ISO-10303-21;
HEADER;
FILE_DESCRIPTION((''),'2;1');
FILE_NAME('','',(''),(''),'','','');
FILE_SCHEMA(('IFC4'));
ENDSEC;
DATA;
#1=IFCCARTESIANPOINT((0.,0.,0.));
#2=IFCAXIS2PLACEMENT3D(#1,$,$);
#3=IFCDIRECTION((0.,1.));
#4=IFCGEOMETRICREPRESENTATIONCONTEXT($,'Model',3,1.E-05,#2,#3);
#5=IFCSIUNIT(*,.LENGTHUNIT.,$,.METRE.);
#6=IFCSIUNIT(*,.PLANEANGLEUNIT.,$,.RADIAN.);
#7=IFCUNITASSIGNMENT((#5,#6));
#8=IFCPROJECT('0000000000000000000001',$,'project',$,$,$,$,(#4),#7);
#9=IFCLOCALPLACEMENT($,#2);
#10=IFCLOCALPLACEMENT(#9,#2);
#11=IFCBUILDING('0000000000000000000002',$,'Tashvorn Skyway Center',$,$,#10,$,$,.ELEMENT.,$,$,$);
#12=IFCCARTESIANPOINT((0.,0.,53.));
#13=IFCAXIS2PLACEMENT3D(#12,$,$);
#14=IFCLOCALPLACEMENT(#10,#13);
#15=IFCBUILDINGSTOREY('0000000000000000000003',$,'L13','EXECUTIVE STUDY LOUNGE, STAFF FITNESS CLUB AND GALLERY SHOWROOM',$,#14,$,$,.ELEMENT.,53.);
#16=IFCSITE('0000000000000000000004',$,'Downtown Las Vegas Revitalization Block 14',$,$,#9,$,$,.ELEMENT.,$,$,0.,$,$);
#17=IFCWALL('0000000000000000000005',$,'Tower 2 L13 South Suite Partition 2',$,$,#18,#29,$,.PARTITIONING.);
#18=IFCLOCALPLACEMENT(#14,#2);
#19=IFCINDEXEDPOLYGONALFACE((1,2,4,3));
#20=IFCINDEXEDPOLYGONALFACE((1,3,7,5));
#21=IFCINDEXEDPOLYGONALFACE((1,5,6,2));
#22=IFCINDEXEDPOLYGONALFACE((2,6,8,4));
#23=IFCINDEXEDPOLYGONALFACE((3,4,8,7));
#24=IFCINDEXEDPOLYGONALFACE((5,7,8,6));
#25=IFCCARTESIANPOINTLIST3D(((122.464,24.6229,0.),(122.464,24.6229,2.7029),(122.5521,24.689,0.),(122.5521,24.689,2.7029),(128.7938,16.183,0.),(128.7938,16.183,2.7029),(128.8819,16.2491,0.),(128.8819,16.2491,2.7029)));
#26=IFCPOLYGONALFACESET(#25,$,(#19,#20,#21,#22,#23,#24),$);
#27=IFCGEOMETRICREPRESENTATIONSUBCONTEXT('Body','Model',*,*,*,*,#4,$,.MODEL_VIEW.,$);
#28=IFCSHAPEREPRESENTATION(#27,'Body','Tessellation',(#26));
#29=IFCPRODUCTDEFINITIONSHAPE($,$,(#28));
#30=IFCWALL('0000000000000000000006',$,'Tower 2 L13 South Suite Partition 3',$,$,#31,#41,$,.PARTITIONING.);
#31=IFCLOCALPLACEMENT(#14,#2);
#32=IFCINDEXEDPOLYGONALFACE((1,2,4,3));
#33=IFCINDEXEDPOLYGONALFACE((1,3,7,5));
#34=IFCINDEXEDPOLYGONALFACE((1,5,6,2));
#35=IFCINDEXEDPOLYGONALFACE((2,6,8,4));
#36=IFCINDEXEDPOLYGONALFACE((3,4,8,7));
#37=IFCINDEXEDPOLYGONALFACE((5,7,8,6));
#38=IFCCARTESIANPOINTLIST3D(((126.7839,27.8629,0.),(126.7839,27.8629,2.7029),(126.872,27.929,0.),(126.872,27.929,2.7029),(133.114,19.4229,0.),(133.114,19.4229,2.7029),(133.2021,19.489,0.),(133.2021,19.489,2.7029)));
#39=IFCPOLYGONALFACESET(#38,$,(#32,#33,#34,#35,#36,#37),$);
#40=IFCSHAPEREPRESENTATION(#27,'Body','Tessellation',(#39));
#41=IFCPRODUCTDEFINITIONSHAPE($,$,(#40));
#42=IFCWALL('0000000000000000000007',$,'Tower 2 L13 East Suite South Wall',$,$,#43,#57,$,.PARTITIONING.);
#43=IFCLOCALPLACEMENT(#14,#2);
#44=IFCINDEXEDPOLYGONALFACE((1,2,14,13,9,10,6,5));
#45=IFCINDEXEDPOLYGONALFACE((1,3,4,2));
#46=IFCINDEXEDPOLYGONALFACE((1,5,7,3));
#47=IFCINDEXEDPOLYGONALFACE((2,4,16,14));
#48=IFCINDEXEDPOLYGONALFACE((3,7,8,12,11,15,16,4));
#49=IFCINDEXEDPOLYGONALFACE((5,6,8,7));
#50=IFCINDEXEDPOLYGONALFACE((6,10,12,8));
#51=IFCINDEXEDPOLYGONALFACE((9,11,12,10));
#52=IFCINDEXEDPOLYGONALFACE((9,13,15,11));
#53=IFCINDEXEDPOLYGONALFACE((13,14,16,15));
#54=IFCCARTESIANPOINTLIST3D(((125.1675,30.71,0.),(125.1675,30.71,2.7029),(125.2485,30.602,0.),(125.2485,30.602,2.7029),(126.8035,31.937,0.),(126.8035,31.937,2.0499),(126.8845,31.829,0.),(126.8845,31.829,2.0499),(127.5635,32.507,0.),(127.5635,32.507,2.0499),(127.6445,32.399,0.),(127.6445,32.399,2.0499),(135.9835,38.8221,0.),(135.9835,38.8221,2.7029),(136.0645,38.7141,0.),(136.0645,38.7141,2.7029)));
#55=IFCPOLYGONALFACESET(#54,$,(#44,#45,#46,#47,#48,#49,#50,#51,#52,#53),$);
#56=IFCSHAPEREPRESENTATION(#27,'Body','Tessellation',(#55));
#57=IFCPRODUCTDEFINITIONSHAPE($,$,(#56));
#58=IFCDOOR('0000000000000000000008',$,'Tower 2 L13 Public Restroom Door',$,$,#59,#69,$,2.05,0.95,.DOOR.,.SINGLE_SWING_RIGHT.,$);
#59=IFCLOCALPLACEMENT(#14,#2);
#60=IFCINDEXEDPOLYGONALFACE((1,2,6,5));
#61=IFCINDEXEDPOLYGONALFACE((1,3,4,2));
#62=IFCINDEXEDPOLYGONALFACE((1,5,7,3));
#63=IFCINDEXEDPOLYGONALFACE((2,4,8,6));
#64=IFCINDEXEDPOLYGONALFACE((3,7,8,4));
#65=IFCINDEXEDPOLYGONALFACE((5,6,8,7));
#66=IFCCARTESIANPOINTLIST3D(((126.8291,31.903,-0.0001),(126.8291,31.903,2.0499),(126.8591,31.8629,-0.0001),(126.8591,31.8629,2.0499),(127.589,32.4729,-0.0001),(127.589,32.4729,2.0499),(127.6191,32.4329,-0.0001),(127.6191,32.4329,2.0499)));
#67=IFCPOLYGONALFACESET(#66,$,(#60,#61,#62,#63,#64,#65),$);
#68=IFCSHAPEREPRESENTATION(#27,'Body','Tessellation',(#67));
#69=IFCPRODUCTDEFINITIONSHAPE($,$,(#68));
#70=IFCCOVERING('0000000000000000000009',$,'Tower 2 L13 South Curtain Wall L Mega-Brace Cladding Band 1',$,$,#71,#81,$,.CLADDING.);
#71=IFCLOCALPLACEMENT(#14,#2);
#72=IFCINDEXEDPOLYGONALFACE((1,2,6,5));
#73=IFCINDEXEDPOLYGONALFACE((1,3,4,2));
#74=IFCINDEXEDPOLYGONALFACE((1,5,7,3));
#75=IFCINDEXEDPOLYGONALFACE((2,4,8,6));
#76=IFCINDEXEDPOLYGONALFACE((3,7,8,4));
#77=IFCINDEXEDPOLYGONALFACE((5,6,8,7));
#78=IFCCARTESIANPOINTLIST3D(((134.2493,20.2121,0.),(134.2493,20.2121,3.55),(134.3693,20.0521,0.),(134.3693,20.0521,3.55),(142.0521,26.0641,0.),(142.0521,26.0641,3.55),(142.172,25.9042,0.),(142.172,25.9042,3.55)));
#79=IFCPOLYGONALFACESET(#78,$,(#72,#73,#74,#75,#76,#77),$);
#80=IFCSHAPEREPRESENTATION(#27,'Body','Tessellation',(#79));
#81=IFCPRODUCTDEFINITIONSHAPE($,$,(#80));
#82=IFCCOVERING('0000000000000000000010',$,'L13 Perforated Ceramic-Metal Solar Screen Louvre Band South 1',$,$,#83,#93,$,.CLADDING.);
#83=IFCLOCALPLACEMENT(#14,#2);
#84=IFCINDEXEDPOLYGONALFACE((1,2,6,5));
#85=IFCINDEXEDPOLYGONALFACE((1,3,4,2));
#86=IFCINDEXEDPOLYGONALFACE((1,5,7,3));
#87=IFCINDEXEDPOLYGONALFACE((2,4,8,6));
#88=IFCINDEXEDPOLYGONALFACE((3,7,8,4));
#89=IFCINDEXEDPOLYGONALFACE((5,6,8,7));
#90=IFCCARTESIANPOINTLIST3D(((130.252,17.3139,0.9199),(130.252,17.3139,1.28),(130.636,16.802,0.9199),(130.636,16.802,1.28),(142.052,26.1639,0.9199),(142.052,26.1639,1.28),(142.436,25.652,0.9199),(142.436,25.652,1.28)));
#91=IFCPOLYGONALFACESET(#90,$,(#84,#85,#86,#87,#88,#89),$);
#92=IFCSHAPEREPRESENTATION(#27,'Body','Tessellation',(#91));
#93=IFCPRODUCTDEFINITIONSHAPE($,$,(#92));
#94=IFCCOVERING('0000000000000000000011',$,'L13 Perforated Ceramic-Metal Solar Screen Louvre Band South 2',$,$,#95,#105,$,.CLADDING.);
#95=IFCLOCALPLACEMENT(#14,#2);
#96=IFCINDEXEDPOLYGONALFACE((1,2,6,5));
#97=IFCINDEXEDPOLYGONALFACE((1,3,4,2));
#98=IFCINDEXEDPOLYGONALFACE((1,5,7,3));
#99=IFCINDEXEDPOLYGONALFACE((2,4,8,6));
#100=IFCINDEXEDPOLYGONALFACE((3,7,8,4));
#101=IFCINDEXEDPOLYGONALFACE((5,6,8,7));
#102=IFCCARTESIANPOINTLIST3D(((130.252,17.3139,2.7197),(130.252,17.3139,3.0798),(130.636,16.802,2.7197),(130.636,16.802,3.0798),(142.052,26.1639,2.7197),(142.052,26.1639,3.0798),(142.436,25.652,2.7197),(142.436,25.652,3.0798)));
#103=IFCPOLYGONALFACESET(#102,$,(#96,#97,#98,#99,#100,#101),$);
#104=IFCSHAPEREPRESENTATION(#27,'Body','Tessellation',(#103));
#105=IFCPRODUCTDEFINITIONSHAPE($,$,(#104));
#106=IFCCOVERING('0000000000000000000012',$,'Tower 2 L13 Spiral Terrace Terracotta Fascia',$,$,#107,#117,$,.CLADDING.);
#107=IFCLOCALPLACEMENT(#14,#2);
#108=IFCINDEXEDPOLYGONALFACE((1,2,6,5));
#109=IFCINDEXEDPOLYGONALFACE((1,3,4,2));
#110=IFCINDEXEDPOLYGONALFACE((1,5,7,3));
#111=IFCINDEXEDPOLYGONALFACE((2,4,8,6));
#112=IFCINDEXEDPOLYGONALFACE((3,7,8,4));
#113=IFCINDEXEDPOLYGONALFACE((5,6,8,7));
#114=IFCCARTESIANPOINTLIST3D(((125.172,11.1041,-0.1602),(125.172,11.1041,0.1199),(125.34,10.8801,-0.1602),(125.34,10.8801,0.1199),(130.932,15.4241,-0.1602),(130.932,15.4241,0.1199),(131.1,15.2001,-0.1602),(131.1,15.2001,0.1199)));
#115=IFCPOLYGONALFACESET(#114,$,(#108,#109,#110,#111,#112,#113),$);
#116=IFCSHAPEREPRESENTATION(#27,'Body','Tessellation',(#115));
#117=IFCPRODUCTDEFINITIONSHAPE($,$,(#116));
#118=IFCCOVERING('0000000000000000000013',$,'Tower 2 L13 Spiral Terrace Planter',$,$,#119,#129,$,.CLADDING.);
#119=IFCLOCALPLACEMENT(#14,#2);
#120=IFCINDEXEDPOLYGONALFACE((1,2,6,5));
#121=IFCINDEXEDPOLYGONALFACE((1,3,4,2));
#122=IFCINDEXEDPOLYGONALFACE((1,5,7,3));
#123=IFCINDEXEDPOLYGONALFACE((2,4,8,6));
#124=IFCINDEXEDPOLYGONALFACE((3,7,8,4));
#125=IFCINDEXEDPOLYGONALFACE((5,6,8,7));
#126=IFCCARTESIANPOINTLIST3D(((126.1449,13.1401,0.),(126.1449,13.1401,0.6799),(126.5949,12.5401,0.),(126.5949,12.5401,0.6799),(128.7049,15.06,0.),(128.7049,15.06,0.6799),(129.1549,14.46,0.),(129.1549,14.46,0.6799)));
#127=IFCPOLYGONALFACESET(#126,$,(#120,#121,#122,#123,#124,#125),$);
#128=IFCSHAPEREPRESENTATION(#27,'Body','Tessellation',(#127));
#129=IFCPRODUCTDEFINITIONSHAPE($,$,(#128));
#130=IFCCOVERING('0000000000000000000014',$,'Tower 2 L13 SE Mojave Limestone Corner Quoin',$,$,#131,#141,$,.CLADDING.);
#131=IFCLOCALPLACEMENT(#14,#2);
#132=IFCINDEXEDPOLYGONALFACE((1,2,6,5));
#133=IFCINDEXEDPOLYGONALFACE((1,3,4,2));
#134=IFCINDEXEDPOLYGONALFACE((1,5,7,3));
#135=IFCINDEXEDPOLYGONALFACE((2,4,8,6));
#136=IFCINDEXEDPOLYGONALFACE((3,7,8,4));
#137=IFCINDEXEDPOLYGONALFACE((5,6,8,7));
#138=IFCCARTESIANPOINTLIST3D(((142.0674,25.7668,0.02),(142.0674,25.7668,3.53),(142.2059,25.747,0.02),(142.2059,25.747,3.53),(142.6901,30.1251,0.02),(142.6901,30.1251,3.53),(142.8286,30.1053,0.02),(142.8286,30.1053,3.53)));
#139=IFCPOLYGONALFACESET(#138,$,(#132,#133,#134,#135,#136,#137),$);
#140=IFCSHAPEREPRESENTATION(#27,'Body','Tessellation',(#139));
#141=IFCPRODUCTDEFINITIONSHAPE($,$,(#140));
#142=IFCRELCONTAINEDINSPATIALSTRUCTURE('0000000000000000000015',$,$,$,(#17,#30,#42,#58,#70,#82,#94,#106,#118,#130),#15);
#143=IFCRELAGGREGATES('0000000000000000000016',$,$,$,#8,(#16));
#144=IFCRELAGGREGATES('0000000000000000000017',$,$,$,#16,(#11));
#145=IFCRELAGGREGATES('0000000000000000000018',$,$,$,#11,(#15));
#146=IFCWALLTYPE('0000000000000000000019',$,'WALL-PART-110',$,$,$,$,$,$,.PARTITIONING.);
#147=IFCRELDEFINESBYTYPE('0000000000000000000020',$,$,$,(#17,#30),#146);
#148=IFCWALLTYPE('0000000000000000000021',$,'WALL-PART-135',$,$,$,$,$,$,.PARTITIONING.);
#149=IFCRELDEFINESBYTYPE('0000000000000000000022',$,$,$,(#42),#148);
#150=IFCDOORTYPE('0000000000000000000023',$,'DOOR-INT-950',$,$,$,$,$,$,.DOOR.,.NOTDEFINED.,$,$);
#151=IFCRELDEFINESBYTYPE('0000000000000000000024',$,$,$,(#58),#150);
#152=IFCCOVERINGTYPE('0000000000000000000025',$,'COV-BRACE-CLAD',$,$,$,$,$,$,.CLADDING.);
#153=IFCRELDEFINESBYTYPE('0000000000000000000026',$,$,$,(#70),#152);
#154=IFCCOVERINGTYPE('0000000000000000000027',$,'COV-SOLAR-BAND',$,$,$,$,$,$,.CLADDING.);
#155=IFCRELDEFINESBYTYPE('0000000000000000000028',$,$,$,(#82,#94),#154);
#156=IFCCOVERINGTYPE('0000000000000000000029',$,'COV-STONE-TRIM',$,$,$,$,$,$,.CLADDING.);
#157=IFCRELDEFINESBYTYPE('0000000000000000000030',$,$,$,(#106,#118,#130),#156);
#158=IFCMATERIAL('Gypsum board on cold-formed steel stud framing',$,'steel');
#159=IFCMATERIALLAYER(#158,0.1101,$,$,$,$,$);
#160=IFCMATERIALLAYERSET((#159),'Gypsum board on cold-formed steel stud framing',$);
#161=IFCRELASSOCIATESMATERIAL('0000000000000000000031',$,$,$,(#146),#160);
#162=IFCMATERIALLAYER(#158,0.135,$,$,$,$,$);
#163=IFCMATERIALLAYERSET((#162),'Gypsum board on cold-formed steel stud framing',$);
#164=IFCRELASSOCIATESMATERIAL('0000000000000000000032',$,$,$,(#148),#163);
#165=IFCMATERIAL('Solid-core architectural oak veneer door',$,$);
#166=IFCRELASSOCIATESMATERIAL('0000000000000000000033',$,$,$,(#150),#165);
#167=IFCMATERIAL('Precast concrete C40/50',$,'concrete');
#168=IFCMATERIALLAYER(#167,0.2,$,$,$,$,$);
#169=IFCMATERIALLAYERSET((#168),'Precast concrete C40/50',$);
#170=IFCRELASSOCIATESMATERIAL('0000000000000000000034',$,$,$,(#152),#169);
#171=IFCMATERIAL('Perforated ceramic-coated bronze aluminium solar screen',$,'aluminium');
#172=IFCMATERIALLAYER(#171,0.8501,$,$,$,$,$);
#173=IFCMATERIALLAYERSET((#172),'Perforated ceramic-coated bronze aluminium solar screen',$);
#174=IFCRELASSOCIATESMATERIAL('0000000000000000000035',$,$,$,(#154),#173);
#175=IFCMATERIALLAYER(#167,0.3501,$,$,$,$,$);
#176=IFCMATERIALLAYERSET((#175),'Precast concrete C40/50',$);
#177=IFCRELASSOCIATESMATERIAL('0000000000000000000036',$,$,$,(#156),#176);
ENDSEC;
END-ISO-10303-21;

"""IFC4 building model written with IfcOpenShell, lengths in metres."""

from ifc_helpers import new_model, si_unit, direction, frame, frame_2d, origin, origin_2d, place, context, subcontext, project, spatial, rectangle, extrude, material, layer, layer_set, type_object, element, fill, save


model = new_model("IFC4")

# Units and contexts
model_context = context("Model", 3, precision=1e-05, world=origin(), true_north=direction((0.0, 1.0)))
body_context = subcontext(model_context, "Body", "Model", "MODEL_VIEW")
ifc_project = project(units=[si_unit("LENGTHUNIT", "METRE"), si_unit("PLANEANGLEUNIT", "RADIAN")], contexts=[model_context])

# Site, building, storey
site_placement = place(None, origin())
site = spatial("IfcSite", under=ifc_project, at=site_placement, Name="Downtown Las Vegas Revitalization Block 14", CompositionType="ELEMENT", RefElevation=0.0)
building_placement = place(site_placement, origin())
building = spatial("IfcBuilding", under=site, at=building_placement, Name="Tashvorn Skyway Center", CompositionType="ELEMENT")
storey_placement = place(building_placement, frame((0.0, 0.0, 53.0)))
storey = spatial("IfcBuildingStorey", under=building, at=storey_placement, Name="L13", Description="EXECUTIVE STUDY LOUNGE, STAFF FITNESS CLUB AND GALLERY SHOWROOM", CompositionType="ELEMENT", Elevation=53.0)

# Shared definitions
ifc_material_1 = material(Name="Precast concrete C40/50", Category="concrete")

# Walls
ifc_material_2 = material(Name="Gypsum board on cold-formed steel stud framing", Category="steel")
ifc_layer_1 = layer(ifc_material_2, 0.1101)
ifc_layer_set_1 = layer_set([ifc_layer_1], Name="Gypsum board on cold-formed steel stud framing")
wall_type_1 = type_object("IfcWallType", Name="WALL-PART-110", PredefinedType="PARTITIONING", material=ifc_layer_set_1)
wall_1_placement = place(storey_placement, frame((128.8379, 16.2161, 0.0), z_axis=(0.0, 0.0, 1.0), x_axis=(-0.599993, 0.800006, 0.0)))
element("IfcWall", 1, at=wall_1_placement, inside=storey, type_object=wall_type_1, Name="Tower 2 L13 South Suite Partition 2", PredefinedType="PARTITIONING", context=body_context, shape_type="SweptSolid", body=[
    extrude(rectangle(XDim=10.5498, YDim=0.1101, at=frame_2d((5.2749, 0.0))), origin(), (0.0, 0.0, 1.0), 2.7029),
])
wall_2_placement = place(storey_placement, frame((133.158, 19.4561, 0.0), z_axis=(0.0, 0.0, 1.0), x_axis=(-0.600007, 0.799994, 0.0)))
element("IfcWall", 2, at=wall_2_placement, inside=storey, type_object=wall_type_1, Name="Tower 2 L13 South Suite Partition 3", PredefinedType="PARTITIONING", context=body_context, shape_type="SweptSolid", body=[
    extrude(rectangle(XDim=10.55, YDim=0.1101, at=frame_2d((5.2749, 0.0))), origin(), (0.0, 0.0, 1.0), 2.7029),
])

# Wall, opening, door
ifc_layer_2 = layer(ifc_material_2, 0.135)
ifc_layer_set_2 = layer_set([ifc_layer_2], Name="Gypsum board on cold-formed steel stud framing")
wall_type_2 = type_object("IfcWallType", Name="WALL-PART-135", PredefinedType="PARTITIONING", material=ifc_layer_set_2)
wall_3_placement = place(storey_placement, frame((125.208, 30.656, 0.0), z_axis=(0.0, 0.0, 1.0), x_axis=(0.799996, 0.600006, 0.0)))
wall_3 = element("IfcWall", 3, at=wall_3_placement, inside=storey, type_object=wall_type_2, Name="Tower 2 L13 East Suite South Wall", PredefinedType="PARTITIONING", context=body_context, shape_type="SweptSolid", body=[
    extrude(rectangle(XDim=13.52, YDim=0.135, at=frame_2d((6.76, 0.0))), origin(), (0.0, 0.0, 1.0), 2.7029),
])
opening_1_placement = place(wall_3_placement, frame((2.0449, 0.0, 0.0)))
opening_1 = element("IfcOpeningElement", 4, at=opening_1_placement, cuts=wall_3, PredefinedType="OPENING", context=body_context, shape_type="SweptSolid", body=[
    extrude(rectangle(XDim=0.95, YDim=2.05, at=frame_2d((0.4751, 1.0249))), frame((0.0, 0.0774, 0.0), z_axis=(0.0, -1.0, 0.0), x_axis=(1.0, 0.0, 0.0)), (0.0, 0.0, 1.0), 0.155),
])
ifc_material_3 = material(Name="Solid-core architectural oak veneer door")
door_type_1 = type_object("IfcDoorType", Name="DOOR-INT-950", OperationType="NOTDEFINED", PredefinedType="DOOR", material=ifc_material_3)
door_1_placement = place(opening_1_placement, origin())
door_1 = element("IfcDoor", 5, at=door_1_placement, inside=storey, type_object=door_type_1, Name="Tower 2 L13 Public Restroom Door", OperationType="SINGLE_SWING_RIGHT", OverallHeight=2.05, OverallWidth=0.95, PredefinedType="DOOR", context=body_context, shape_type="SweptSolid", body=[
    extrude(rectangle(XDim=0.95, YDim=2.05, at=frame_2d((0.4751, 1.0249))), frame((0.0, 0.0249, 0.0), z_axis=(0.0, -1.0, 0.0), x_axis=(1.0, 0.0, 0.0)), (0.0, 0.0, 1.0), 0.05),
])
fill(opening_1, door_1)

# Coverings
ifc_layer_3 = layer(ifc_material_1, 0.2)
ifc_layer_set_3 = layer_set([ifc_layer_3], Name="Precast concrete C40/50")
covering_type_1 = type_object("IfcCoveringType", Name="COV-BRACE-CLAD", PredefinedType="CLADDING", material=ifc_layer_set_3)
covering_1_placement = place(storey_placement, frame((138.2107, 23.0581, 0.0), z_axis=(0.0, 0.0, 1.0), x_axis=(-0.8, -0.6, 0.0)))
element("IfcCovering", 6, at=covering_1_placement, inside=storey, type_object=covering_type_1, Name="Tower 2 L13 South Curtain Wall L Mega-Brace Cladding Band 1", PredefinedType="CLADDING", context=body_context, shape_type="SweptSolid", body=[
    extrude(rectangle(XDim=9.7534, YDim=0.2, at=origin_2d()), origin(), (0.0, 0.0, 1.0), 3.55),
])
ifc_material_4 = material(Name="Perforated ceramic-coated bronze aluminium solar screen", Category="aluminium")
ifc_layer_4 = layer(ifc_material_4, 0.8501)
ifc_layer_set_4 = layer_set([ifc_layer_4], Name="Perforated ceramic-coated bronze aluminium solar screen")
covering_type_2 = type_object("IfcCoveringType", Name="COV-SOLAR-BAND", PredefinedType="CLADDING", material=ifc_layer_set_4)
for number, where, z_axis, x_axis, name in (
    (7, (136.344, 21.4829, 0.9199), (0.0, 0.0, 1.0), (-0.8, -0.6, 0.0), "L13 Perforated Ceramic-Metal Solar Screen Louvre Band South 1"),
    (8, (136.344, 21.4829, 2.7197), (0.0, 0.0, 1.0), (-0.8, -0.6, 0.0), "L13 Perforated Ceramic-Metal Solar Screen Louvre Band South 2"),
):
    element("IfcCovering", number, at=place(storey_placement, frame(where, z_axis=z_axis, x_axis=x_axis)), inside=storey, type_object=covering_type_2, Name=name, PredefinedType="CLADDING", context=body_context, shape_type="SweptSolid", body=[
        extrude(rectangle(XDim=14.75, YDim=0.6399, at=origin_2d()), origin(), (0.0, 0.0, 1.0), 0.3601),
    ])
ifc_layer_5 = layer(ifc_material_1, 0.3501)
ifc_layer_set_5 = layer_set([ifc_layer_5], Name="Precast concrete C40/50")
covering_type_3 = type_object("IfcCoveringType", Name="COV-STONE-TRIM", PredefinedType="CLADDING", material=ifc_layer_set_5)
covering_2_placement = place(storey_placement, frame((128.136, 13.1521, -0.1602), z_axis=(0.0, 0.0, 1.0), x_axis=(-0.8, -0.6, 0.0)))
element("IfcCovering", 9, at=covering_2_placement, inside=storey, type_object=covering_type_3, Name="Tower 2 L13 Spiral Terrace Terracotta Fascia", PredefinedType="CLADDING", context=body_context, shape_type="SweptSolid", body=[
    extrude(rectangle(XDim=7.2, YDim=0.28, at=origin_2d()), origin(), (0.0, 0.0, 1.0), 0.28),
])
covering_3_placement = place(storey_placement, frame((127.6499, 13.8, 0.0), z_axis=(0.0, 0.0, 1.0), x_axis=(-0.8, -0.6, 0.0)))
element("IfcCovering", 10, at=covering_3_placement, inside=storey, type_object=covering_type_3, Name="Tower 2 L13 Spiral Terrace Planter", PredefinedType="CLADDING", context=body_context, shape_type="SweptSolid", body=[
    extrude(rectangle(XDim=3.2, YDim=0.75, at=origin_2d()), origin(), (0.0, 0.0, 1.0), 0.6799),
])
covering_4_placement = place(storey_placement, frame((142.448, 27.936, 0.02), z_axis=(0.0, 0.0, 1.0), x_axis=(0.141421, 0.989949, 0.0)))
element("IfcCovering", 11, at=covering_4_placement, inside=storey, type_object=covering_type_3, Name="Tower 2 L13 SE Mojave Limestone Corner Quoin", PredefinedType="CLADDING", context=body_context, shape_type="SweptSolid", body=[
    extrude(rectangle(XDim=4.4026, YDim=0.1399, at=origin_2d()), origin(), (0.0, 0.0, 1.0), 3.51),
])

save(model, "model.ifc")
